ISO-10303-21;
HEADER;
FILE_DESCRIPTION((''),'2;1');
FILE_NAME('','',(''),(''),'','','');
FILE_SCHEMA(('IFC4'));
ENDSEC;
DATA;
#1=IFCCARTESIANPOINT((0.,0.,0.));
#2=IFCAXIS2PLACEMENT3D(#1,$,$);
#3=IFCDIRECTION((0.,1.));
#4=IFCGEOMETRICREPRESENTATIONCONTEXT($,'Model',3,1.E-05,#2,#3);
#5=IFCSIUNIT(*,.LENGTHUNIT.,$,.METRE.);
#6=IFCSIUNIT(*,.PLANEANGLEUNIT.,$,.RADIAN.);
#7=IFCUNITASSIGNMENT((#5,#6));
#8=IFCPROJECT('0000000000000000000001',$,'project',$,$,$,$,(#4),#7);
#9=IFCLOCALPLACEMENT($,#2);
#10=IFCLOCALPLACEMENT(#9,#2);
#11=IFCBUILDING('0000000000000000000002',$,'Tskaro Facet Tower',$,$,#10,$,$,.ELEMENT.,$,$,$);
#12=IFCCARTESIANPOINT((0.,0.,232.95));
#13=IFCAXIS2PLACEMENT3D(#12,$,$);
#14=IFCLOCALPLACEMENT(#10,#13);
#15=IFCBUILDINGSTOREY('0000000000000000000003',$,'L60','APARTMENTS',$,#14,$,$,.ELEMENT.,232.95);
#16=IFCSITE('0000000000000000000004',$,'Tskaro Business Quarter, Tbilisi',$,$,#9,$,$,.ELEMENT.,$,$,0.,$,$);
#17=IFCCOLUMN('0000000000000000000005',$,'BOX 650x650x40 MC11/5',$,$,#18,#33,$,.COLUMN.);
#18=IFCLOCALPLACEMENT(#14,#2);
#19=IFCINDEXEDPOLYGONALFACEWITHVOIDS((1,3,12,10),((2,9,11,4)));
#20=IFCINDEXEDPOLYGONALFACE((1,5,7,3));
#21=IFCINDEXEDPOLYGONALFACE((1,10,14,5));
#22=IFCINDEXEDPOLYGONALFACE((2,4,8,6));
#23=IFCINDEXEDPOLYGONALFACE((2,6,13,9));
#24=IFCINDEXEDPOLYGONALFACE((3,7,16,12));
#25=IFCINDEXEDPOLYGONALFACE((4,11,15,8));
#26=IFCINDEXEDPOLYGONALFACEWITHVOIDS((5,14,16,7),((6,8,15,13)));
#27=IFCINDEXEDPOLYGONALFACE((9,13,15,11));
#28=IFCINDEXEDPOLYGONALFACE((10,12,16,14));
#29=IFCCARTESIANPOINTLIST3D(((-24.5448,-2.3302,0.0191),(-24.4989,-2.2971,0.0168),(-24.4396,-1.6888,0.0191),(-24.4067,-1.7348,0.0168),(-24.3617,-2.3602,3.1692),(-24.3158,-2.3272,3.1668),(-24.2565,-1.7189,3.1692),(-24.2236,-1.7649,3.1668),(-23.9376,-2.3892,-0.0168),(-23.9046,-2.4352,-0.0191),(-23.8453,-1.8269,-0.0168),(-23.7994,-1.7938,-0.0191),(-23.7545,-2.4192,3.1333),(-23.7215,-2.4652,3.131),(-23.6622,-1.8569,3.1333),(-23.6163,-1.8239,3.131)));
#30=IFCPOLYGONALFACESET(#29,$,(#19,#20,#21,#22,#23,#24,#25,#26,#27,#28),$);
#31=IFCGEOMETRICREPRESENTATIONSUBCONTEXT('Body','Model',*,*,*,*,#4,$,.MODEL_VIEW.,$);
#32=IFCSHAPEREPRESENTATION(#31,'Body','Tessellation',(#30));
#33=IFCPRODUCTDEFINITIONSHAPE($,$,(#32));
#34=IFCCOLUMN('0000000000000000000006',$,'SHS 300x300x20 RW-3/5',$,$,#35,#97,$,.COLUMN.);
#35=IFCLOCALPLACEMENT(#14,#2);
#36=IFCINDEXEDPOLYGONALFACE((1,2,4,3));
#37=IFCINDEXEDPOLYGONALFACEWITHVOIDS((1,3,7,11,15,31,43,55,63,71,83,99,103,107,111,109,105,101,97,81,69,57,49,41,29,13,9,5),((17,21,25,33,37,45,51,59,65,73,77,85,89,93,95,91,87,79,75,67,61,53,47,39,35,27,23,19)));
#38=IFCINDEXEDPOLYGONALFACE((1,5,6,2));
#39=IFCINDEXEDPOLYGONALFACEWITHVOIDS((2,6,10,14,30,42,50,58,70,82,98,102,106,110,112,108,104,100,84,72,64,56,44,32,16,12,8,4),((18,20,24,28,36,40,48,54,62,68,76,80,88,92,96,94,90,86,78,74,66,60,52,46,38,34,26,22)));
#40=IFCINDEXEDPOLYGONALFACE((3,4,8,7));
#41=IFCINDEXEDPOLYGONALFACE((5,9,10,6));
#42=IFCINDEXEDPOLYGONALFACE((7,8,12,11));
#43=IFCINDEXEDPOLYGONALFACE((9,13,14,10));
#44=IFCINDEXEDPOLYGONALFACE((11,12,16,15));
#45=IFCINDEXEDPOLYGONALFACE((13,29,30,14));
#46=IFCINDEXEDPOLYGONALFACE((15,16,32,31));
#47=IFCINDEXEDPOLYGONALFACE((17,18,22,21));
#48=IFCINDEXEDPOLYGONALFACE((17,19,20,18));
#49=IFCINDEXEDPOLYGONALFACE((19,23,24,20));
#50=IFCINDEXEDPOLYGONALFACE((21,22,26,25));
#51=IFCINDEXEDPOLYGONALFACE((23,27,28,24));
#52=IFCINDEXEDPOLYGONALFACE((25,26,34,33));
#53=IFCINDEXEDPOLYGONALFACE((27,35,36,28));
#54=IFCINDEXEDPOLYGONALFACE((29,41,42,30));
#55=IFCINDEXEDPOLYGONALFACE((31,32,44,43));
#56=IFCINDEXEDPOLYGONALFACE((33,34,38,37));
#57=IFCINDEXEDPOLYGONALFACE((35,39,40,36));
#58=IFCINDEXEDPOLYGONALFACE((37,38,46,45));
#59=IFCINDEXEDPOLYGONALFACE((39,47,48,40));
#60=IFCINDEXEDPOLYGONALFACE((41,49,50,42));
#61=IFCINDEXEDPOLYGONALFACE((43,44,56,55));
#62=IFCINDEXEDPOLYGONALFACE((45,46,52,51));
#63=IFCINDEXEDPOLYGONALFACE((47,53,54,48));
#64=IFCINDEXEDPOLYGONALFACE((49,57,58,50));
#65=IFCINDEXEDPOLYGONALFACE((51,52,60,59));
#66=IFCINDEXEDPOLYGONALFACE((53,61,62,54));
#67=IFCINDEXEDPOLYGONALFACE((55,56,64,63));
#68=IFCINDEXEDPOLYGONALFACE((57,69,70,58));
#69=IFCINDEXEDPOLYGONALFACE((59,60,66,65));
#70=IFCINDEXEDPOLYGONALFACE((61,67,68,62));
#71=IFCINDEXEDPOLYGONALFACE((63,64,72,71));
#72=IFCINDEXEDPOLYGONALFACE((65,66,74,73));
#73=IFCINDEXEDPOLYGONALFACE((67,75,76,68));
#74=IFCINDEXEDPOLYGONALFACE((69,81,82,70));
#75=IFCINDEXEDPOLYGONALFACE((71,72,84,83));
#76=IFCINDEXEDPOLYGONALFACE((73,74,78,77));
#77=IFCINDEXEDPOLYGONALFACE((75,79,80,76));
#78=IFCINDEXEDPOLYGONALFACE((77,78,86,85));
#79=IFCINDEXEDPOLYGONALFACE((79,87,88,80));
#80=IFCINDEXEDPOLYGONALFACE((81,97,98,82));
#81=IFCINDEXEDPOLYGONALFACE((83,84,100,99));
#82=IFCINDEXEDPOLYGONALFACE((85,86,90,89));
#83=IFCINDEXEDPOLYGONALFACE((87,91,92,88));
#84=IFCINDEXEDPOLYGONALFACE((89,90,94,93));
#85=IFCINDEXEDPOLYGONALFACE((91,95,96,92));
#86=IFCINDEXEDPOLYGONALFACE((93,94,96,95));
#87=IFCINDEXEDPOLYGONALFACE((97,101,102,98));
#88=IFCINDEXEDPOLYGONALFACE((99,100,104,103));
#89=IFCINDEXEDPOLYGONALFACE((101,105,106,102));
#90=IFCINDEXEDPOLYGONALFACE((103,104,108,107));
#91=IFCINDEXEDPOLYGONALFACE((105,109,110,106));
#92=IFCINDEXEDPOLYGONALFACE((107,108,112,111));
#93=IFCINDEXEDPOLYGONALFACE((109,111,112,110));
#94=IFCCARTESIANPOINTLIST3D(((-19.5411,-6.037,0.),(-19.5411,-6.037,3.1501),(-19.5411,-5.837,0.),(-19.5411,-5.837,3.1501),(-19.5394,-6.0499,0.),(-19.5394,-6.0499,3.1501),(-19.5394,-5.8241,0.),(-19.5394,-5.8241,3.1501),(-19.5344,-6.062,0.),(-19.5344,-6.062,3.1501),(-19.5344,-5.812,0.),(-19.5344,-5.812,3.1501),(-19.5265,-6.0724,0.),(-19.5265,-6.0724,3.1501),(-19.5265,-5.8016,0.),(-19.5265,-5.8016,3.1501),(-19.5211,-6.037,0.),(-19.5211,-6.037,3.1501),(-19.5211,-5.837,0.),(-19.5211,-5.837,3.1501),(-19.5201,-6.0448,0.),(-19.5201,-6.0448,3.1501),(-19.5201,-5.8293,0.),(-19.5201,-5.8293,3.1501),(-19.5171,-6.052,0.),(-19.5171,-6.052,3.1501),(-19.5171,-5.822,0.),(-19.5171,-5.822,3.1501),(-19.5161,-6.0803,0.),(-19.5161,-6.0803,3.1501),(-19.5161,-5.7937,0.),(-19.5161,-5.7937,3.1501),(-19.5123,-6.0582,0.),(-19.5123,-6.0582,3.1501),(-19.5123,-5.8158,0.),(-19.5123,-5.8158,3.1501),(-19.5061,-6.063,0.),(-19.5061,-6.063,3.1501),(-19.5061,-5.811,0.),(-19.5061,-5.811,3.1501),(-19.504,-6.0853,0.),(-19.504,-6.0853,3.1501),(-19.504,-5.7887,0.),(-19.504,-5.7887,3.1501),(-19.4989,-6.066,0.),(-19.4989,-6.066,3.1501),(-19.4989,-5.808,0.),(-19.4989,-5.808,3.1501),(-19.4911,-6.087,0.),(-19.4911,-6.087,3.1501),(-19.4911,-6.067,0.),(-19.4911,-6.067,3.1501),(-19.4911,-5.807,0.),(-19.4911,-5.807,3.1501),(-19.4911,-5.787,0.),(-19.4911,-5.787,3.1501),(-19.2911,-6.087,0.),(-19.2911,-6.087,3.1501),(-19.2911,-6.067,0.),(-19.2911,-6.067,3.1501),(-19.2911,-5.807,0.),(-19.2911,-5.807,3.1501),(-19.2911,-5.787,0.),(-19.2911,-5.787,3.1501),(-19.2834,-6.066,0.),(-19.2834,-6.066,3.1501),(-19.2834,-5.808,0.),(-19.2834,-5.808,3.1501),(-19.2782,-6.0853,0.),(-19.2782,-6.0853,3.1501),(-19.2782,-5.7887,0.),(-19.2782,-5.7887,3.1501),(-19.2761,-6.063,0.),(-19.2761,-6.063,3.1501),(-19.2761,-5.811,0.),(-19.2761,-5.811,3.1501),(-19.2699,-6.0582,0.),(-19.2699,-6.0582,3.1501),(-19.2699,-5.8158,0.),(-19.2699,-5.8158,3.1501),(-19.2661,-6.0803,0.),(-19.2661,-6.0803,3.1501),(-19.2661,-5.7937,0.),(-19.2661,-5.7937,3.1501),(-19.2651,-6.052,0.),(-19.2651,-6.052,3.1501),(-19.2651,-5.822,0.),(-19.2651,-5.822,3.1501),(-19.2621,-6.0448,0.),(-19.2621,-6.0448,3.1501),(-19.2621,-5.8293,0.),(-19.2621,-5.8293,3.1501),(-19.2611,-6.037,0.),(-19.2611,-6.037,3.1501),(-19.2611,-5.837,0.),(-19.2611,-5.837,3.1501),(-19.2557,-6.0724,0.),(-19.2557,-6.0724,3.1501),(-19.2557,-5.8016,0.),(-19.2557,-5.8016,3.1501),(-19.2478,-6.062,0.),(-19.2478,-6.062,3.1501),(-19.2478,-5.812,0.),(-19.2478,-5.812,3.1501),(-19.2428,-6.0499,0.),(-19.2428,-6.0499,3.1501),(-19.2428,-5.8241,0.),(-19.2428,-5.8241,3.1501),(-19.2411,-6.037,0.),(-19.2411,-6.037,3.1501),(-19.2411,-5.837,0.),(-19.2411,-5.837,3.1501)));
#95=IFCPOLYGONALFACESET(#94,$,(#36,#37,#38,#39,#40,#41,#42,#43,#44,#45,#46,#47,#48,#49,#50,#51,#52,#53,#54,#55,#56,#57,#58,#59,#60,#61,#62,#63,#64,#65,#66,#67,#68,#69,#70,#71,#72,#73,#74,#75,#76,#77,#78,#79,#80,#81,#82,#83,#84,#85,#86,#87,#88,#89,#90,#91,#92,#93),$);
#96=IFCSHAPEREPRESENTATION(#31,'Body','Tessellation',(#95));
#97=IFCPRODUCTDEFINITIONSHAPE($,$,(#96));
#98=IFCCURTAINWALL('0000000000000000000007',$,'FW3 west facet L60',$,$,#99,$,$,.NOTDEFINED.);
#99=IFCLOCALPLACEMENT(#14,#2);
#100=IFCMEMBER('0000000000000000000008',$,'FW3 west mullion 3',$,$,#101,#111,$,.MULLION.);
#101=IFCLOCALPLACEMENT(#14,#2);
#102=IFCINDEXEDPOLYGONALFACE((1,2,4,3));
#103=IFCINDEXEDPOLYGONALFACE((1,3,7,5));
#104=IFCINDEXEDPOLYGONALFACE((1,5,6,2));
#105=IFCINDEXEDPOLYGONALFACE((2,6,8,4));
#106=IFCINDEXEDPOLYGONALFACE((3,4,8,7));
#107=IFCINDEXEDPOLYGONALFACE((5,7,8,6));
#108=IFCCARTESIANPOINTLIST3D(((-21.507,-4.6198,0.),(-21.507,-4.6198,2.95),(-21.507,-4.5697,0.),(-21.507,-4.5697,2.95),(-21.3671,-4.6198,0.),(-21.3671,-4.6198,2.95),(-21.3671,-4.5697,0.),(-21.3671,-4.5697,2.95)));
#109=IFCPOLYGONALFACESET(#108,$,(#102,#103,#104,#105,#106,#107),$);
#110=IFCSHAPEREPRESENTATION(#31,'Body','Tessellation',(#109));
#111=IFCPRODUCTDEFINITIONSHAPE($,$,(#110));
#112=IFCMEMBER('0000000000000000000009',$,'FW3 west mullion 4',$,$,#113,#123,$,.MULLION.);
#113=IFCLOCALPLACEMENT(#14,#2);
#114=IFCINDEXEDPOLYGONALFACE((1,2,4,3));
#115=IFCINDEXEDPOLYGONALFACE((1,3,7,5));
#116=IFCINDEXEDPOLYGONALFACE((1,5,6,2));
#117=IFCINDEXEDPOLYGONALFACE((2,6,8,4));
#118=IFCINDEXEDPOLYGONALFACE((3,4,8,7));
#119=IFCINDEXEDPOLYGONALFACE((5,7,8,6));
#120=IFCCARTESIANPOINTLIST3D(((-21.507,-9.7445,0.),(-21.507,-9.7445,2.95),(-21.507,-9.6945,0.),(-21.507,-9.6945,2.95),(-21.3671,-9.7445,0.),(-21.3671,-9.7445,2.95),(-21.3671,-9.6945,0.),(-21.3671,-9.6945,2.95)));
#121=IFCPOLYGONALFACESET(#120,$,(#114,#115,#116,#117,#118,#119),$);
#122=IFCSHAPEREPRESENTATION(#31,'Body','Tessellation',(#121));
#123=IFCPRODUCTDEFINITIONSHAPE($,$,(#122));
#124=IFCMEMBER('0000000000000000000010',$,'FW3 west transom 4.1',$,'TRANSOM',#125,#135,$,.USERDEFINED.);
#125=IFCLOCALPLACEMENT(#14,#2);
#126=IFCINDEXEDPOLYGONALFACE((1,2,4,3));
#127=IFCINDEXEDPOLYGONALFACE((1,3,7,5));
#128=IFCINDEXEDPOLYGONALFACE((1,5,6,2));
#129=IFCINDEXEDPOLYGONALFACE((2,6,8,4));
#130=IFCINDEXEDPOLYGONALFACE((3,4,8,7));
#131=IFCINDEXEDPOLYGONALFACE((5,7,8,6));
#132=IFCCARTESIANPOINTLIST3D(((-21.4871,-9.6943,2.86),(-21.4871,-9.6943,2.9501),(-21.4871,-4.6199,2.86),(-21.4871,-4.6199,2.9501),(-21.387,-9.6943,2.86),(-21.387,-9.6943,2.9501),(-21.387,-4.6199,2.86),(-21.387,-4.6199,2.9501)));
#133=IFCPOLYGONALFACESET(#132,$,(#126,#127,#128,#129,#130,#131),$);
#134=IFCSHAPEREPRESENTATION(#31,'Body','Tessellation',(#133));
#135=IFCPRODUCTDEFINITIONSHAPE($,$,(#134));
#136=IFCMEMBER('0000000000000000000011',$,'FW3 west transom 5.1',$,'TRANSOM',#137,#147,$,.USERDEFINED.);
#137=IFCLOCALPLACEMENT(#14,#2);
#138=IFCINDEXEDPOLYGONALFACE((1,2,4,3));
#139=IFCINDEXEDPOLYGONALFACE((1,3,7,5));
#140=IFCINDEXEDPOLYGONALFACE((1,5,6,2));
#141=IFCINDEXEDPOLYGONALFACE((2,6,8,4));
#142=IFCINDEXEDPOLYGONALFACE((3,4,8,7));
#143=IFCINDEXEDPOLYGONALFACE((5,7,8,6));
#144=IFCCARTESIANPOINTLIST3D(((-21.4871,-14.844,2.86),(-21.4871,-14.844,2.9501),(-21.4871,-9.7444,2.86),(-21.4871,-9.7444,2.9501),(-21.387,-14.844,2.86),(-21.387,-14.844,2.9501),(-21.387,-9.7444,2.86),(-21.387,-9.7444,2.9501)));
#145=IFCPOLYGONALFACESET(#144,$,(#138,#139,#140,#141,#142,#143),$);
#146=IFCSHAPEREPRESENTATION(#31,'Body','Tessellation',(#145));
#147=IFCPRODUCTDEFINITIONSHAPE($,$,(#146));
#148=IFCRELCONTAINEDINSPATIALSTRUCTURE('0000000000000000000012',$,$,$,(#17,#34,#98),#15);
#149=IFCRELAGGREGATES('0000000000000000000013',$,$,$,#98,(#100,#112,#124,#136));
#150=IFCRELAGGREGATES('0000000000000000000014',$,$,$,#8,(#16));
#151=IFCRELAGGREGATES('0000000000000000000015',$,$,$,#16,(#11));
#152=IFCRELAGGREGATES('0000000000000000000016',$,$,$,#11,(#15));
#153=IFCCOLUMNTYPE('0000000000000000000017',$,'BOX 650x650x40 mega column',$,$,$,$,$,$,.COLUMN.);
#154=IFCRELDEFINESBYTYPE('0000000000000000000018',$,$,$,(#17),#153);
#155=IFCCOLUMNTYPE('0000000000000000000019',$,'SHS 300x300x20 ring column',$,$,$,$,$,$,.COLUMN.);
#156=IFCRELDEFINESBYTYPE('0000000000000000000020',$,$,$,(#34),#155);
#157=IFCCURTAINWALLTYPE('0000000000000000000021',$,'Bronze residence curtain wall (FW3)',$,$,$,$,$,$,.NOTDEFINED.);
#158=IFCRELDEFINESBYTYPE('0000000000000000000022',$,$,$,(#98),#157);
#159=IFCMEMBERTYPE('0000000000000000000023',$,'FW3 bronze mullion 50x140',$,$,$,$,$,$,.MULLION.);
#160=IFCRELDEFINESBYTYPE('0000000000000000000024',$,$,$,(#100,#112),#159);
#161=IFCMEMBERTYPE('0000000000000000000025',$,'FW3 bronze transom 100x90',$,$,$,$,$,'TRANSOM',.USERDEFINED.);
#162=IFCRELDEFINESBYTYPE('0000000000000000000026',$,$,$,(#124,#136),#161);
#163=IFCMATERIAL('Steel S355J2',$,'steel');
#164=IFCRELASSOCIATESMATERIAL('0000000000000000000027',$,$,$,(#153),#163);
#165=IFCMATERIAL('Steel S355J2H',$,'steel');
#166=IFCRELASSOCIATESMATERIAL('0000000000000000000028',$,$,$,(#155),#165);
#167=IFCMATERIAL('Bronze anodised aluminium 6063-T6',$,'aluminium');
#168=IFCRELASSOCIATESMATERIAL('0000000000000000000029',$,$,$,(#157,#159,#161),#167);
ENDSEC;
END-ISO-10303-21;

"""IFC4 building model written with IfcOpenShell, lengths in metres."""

from ifc_helpers import new_model, si_unit, direction, frame, origin, origin_2d, place, context, subcontext, project, spatial, rectangle, hollow_rectangle, extrude, material, material_profile, profile_set, type_object, element, aggregate, save


model = new_model("IFC4")

# Units and contexts
model_context = context("Model", 3, precision=1e-05, world=origin(), true_north=direction((0.0, 1.0)))
body_context = subcontext(model_context, "Body", "Model", "MODEL_VIEW")
ifc_project = project(units=[si_unit("LENGTHUNIT", "METRE"), si_unit("PLANEANGLEUNIT", "RADIAN")], contexts=[model_context])

# Site, building, storey
site_placement = place(None, origin())
site = spatial("IfcSite", under=ifc_project, at=site_placement, Name="Tskaro Business Quarter, Tbilisi", CompositionType="ELEMENT", RefElevation=0.0)
building_placement = place(site_placement, origin())
building = spatial("IfcBuilding", under=site, at=building_placement, Name="Tskaro Facet Tower", CompositionType="ELEMENT")
storey_placement = place(building_placement, frame((0.0, 0.0, 232.95)))
storey = spatial("IfcBuildingStorey", under=building, at=storey_placement, Name="L60", Description="APARTMENTS", CompositionType="ELEMENT", Elevation=232.95)

# Columns
ifc_material_1 = material(Name="Steel S355J2", Category="steel")
ifc_material_profile_1 = material_profile(ifc_material_1, hollow_rectangle(XDim=0.6499, YDim=0.6499, WallThickness=0.04, at=origin_2d()), Name="BOX 650x650x40")
ifc_profile_set_1 = profile_set([ifc_material_profile_1], Name="Steel S355J2")
column_type_1 = type_object("IfcColumnType", Name="BOX 650x650x40 mega column", PredefinedType="COLUMN", material=ifc_profile_set_1)
column_1_placement = place(storey_placement, frame((-24.1721, -2.062, 0.0), z_axis=(0.058025, -0.009516, 0.99827), x_axis=(0.161838, 0.986817, 0.0)))
element("IfcColumn", 1, at=column_1_placement, inside=storey, type_object=column_type_1, Name="BOX 650x650x40 MC11/5", PredefinedType="COLUMN", context=body_context, shape_type="SweptSolid", body=[
    extrude(hollow_rectangle(XDim=0.6499, YDim=0.6499, WallThickness=0.04, at=origin_2d()), origin(), (0.0, 0.0, 1.0), 3.1555),
])
ifc_material_2 = material(Name="Steel S355J2H", Category="steel")
ifc_material_profile_2 = material_profile(ifc_material_2, hollow_rectangle(XDim=0.3, YDim=0.3, WallThickness=0.02, InnerFilletRadius=0.03, OuterFilletRadius=0.05, at=origin_2d()), Name="SHS 300x300x20")
ifc_profile_set_2 = profile_set([ifc_material_profile_2], Name="Steel S355J2H")
column_type_2 = type_object("IfcColumnType", Name="SHS 300x300x20 ring column", PredefinedType="COLUMN", material=ifc_profile_set_2)
column_2_placement = place(storey_placement, frame((-19.3911, -5.937, 0.0), z_axis=(0.0, 0.0, 1.0), x_axis=(1.0, 0.0, 0.0)))
element("IfcColumn", 2, at=column_2_placement, inside=storey, type_object=column_type_2, Name="SHS 300x300x20 RW-3/5", PredefinedType="COLUMN", context=body_context, shape_type="SweptSolid", body=[
    extrude(hollow_rectangle(XDim=0.3, YDim=0.3, WallThickness=0.02, InnerFilletRadius=0.03, OuterFilletRadius=0.05, at=origin_2d()), origin(), (0.0, 0.0, 1.0), 3.1501),
])

# Curtain wall, members
ifc_material_3 = material(Name="Bronze anodised aluminium 6063-T6", Category="aluminium")
curtain_wall_type = type_object("IfcCurtainWallType", Name="Bronze residence curtain wall (FW3)", PredefinedType="NOTDEFINED", material=ifc_material_3)
curtain_wall_placement = place(storey_placement, origin())
curtain_wall = element("IfcCurtainWall", 3, at=curtain_wall_placement, inside=storey, type_object=curtain_wall_type, Name="FW3 west facet L60", PredefinedType="NOTDEFINED")
ifc_material_profile_3 = material_profile(ifc_material_3, rectangle(XDim=0.05, YDim=0.1399, at=origin_2d()), Name="Mullion 50x140")
ifc_profile_set_3 = profile_set([ifc_material_profile_3], Name="Bronze anodised aluminium 6063-T6")
member_type_1 = type_object("IfcMemberType", Name="FW3 bronze mullion 50x140", PredefinedType="MULLION", material=ifc_profile_set_3)
member_1_placement = place(storey_placement, frame((-21.437, -4.5947, 0.0), z_axis=(0.0, 0.0, 1.0), x_axis=(0.0, -1.0, 0.0)))
member_1 = element("IfcMember", 4, at=member_1_placement, type_object=member_type_1, Name="FW3 west mullion 3", PredefinedType="MULLION", context=body_context, shape_type="SweptSolid", body=[
    extrude(rectangle(XDim=0.05, YDim=0.1399, at=origin_2d()), origin(), (0.0, 0.0, 1.0), 2.95),
])
member_2_placement = place(storey_placement, frame((-21.437, -9.7195, 0.0), z_axis=(0.0, 0.0, 1.0), x_axis=(0.0, -1.0, 0.0)))
member_2 = element("IfcMember", 5, at=member_2_placement, type_object=member_type_1, Name="FW3 west mullion 4", PredefinedType="MULLION", context=body_context, shape_type="SweptSolid", body=[
    extrude(rectangle(XDim=0.05, YDim=0.1399, at=origin_2d()), origin(), (0.0, 0.0, 1.0), 2.95),
])
ifc_material_profile_4 = material_profile(ifc_material_3, rectangle(XDim=0.1001, YDim=0.0901, at=origin_2d()), Name="Transom 100x90")
ifc_profile_set_4 = profile_set([ifc_material_profile_4], Name="Bronze anodised aluminium 6063-T6")
member_type_2 = type_object("IfcMemberType", Name="FW3 bronze transom 100x90", ElementType="TRANSOM", PredefinedType="USERDEFINED", material=ifc_profile_set_4)
member_3_placement = place(storey_placement, frame((-21.437, -4.6199, 2.905), z_axis=(0.0, -1.0, 0.0), x_axis=(1.0, 0.0, 0.0)))
member_3 = element("IfcMember", 6, at=member_3_placement, type_object=member_type_2, Name="FW3 west transom 4.1", ObjectType="TRANSOM", PredefinedType="USERDEFINED", context=body_context, shape_type="SweptSolid", body=[
    extrude(rectangle(XDim=0.1001, YDim=0.0901, at=origin_2d()), origin(), (0.0, 0.0, 1.0), 5.0745),
])
member_4_placement = place(storey_placement, frame((-21.437, -9.7444, 2.905), z_axis=(0.0, -1.0, 0.0), x_axis=(1.0, 0.0, 0.0)))
member_4 = element("IfcMember", 7, at=member_4_placement, type_object=member_type_2, Name="FW3 west transom 5.1", ObjectType="TRANSOM", PredefinedType="USERDEFINED", context=body_context, shape_type="SweptSolid", body=[
    extrude(rectangle(XDim=0.1001, YDim=0.0901, at=origin_2d()), origin(), (0.0, 0.0, 1.0), 5.0996),
])

aggregate(curtain_wall, [member_1, member_2, member_3, member_4])

save(model, "model.ifc")
